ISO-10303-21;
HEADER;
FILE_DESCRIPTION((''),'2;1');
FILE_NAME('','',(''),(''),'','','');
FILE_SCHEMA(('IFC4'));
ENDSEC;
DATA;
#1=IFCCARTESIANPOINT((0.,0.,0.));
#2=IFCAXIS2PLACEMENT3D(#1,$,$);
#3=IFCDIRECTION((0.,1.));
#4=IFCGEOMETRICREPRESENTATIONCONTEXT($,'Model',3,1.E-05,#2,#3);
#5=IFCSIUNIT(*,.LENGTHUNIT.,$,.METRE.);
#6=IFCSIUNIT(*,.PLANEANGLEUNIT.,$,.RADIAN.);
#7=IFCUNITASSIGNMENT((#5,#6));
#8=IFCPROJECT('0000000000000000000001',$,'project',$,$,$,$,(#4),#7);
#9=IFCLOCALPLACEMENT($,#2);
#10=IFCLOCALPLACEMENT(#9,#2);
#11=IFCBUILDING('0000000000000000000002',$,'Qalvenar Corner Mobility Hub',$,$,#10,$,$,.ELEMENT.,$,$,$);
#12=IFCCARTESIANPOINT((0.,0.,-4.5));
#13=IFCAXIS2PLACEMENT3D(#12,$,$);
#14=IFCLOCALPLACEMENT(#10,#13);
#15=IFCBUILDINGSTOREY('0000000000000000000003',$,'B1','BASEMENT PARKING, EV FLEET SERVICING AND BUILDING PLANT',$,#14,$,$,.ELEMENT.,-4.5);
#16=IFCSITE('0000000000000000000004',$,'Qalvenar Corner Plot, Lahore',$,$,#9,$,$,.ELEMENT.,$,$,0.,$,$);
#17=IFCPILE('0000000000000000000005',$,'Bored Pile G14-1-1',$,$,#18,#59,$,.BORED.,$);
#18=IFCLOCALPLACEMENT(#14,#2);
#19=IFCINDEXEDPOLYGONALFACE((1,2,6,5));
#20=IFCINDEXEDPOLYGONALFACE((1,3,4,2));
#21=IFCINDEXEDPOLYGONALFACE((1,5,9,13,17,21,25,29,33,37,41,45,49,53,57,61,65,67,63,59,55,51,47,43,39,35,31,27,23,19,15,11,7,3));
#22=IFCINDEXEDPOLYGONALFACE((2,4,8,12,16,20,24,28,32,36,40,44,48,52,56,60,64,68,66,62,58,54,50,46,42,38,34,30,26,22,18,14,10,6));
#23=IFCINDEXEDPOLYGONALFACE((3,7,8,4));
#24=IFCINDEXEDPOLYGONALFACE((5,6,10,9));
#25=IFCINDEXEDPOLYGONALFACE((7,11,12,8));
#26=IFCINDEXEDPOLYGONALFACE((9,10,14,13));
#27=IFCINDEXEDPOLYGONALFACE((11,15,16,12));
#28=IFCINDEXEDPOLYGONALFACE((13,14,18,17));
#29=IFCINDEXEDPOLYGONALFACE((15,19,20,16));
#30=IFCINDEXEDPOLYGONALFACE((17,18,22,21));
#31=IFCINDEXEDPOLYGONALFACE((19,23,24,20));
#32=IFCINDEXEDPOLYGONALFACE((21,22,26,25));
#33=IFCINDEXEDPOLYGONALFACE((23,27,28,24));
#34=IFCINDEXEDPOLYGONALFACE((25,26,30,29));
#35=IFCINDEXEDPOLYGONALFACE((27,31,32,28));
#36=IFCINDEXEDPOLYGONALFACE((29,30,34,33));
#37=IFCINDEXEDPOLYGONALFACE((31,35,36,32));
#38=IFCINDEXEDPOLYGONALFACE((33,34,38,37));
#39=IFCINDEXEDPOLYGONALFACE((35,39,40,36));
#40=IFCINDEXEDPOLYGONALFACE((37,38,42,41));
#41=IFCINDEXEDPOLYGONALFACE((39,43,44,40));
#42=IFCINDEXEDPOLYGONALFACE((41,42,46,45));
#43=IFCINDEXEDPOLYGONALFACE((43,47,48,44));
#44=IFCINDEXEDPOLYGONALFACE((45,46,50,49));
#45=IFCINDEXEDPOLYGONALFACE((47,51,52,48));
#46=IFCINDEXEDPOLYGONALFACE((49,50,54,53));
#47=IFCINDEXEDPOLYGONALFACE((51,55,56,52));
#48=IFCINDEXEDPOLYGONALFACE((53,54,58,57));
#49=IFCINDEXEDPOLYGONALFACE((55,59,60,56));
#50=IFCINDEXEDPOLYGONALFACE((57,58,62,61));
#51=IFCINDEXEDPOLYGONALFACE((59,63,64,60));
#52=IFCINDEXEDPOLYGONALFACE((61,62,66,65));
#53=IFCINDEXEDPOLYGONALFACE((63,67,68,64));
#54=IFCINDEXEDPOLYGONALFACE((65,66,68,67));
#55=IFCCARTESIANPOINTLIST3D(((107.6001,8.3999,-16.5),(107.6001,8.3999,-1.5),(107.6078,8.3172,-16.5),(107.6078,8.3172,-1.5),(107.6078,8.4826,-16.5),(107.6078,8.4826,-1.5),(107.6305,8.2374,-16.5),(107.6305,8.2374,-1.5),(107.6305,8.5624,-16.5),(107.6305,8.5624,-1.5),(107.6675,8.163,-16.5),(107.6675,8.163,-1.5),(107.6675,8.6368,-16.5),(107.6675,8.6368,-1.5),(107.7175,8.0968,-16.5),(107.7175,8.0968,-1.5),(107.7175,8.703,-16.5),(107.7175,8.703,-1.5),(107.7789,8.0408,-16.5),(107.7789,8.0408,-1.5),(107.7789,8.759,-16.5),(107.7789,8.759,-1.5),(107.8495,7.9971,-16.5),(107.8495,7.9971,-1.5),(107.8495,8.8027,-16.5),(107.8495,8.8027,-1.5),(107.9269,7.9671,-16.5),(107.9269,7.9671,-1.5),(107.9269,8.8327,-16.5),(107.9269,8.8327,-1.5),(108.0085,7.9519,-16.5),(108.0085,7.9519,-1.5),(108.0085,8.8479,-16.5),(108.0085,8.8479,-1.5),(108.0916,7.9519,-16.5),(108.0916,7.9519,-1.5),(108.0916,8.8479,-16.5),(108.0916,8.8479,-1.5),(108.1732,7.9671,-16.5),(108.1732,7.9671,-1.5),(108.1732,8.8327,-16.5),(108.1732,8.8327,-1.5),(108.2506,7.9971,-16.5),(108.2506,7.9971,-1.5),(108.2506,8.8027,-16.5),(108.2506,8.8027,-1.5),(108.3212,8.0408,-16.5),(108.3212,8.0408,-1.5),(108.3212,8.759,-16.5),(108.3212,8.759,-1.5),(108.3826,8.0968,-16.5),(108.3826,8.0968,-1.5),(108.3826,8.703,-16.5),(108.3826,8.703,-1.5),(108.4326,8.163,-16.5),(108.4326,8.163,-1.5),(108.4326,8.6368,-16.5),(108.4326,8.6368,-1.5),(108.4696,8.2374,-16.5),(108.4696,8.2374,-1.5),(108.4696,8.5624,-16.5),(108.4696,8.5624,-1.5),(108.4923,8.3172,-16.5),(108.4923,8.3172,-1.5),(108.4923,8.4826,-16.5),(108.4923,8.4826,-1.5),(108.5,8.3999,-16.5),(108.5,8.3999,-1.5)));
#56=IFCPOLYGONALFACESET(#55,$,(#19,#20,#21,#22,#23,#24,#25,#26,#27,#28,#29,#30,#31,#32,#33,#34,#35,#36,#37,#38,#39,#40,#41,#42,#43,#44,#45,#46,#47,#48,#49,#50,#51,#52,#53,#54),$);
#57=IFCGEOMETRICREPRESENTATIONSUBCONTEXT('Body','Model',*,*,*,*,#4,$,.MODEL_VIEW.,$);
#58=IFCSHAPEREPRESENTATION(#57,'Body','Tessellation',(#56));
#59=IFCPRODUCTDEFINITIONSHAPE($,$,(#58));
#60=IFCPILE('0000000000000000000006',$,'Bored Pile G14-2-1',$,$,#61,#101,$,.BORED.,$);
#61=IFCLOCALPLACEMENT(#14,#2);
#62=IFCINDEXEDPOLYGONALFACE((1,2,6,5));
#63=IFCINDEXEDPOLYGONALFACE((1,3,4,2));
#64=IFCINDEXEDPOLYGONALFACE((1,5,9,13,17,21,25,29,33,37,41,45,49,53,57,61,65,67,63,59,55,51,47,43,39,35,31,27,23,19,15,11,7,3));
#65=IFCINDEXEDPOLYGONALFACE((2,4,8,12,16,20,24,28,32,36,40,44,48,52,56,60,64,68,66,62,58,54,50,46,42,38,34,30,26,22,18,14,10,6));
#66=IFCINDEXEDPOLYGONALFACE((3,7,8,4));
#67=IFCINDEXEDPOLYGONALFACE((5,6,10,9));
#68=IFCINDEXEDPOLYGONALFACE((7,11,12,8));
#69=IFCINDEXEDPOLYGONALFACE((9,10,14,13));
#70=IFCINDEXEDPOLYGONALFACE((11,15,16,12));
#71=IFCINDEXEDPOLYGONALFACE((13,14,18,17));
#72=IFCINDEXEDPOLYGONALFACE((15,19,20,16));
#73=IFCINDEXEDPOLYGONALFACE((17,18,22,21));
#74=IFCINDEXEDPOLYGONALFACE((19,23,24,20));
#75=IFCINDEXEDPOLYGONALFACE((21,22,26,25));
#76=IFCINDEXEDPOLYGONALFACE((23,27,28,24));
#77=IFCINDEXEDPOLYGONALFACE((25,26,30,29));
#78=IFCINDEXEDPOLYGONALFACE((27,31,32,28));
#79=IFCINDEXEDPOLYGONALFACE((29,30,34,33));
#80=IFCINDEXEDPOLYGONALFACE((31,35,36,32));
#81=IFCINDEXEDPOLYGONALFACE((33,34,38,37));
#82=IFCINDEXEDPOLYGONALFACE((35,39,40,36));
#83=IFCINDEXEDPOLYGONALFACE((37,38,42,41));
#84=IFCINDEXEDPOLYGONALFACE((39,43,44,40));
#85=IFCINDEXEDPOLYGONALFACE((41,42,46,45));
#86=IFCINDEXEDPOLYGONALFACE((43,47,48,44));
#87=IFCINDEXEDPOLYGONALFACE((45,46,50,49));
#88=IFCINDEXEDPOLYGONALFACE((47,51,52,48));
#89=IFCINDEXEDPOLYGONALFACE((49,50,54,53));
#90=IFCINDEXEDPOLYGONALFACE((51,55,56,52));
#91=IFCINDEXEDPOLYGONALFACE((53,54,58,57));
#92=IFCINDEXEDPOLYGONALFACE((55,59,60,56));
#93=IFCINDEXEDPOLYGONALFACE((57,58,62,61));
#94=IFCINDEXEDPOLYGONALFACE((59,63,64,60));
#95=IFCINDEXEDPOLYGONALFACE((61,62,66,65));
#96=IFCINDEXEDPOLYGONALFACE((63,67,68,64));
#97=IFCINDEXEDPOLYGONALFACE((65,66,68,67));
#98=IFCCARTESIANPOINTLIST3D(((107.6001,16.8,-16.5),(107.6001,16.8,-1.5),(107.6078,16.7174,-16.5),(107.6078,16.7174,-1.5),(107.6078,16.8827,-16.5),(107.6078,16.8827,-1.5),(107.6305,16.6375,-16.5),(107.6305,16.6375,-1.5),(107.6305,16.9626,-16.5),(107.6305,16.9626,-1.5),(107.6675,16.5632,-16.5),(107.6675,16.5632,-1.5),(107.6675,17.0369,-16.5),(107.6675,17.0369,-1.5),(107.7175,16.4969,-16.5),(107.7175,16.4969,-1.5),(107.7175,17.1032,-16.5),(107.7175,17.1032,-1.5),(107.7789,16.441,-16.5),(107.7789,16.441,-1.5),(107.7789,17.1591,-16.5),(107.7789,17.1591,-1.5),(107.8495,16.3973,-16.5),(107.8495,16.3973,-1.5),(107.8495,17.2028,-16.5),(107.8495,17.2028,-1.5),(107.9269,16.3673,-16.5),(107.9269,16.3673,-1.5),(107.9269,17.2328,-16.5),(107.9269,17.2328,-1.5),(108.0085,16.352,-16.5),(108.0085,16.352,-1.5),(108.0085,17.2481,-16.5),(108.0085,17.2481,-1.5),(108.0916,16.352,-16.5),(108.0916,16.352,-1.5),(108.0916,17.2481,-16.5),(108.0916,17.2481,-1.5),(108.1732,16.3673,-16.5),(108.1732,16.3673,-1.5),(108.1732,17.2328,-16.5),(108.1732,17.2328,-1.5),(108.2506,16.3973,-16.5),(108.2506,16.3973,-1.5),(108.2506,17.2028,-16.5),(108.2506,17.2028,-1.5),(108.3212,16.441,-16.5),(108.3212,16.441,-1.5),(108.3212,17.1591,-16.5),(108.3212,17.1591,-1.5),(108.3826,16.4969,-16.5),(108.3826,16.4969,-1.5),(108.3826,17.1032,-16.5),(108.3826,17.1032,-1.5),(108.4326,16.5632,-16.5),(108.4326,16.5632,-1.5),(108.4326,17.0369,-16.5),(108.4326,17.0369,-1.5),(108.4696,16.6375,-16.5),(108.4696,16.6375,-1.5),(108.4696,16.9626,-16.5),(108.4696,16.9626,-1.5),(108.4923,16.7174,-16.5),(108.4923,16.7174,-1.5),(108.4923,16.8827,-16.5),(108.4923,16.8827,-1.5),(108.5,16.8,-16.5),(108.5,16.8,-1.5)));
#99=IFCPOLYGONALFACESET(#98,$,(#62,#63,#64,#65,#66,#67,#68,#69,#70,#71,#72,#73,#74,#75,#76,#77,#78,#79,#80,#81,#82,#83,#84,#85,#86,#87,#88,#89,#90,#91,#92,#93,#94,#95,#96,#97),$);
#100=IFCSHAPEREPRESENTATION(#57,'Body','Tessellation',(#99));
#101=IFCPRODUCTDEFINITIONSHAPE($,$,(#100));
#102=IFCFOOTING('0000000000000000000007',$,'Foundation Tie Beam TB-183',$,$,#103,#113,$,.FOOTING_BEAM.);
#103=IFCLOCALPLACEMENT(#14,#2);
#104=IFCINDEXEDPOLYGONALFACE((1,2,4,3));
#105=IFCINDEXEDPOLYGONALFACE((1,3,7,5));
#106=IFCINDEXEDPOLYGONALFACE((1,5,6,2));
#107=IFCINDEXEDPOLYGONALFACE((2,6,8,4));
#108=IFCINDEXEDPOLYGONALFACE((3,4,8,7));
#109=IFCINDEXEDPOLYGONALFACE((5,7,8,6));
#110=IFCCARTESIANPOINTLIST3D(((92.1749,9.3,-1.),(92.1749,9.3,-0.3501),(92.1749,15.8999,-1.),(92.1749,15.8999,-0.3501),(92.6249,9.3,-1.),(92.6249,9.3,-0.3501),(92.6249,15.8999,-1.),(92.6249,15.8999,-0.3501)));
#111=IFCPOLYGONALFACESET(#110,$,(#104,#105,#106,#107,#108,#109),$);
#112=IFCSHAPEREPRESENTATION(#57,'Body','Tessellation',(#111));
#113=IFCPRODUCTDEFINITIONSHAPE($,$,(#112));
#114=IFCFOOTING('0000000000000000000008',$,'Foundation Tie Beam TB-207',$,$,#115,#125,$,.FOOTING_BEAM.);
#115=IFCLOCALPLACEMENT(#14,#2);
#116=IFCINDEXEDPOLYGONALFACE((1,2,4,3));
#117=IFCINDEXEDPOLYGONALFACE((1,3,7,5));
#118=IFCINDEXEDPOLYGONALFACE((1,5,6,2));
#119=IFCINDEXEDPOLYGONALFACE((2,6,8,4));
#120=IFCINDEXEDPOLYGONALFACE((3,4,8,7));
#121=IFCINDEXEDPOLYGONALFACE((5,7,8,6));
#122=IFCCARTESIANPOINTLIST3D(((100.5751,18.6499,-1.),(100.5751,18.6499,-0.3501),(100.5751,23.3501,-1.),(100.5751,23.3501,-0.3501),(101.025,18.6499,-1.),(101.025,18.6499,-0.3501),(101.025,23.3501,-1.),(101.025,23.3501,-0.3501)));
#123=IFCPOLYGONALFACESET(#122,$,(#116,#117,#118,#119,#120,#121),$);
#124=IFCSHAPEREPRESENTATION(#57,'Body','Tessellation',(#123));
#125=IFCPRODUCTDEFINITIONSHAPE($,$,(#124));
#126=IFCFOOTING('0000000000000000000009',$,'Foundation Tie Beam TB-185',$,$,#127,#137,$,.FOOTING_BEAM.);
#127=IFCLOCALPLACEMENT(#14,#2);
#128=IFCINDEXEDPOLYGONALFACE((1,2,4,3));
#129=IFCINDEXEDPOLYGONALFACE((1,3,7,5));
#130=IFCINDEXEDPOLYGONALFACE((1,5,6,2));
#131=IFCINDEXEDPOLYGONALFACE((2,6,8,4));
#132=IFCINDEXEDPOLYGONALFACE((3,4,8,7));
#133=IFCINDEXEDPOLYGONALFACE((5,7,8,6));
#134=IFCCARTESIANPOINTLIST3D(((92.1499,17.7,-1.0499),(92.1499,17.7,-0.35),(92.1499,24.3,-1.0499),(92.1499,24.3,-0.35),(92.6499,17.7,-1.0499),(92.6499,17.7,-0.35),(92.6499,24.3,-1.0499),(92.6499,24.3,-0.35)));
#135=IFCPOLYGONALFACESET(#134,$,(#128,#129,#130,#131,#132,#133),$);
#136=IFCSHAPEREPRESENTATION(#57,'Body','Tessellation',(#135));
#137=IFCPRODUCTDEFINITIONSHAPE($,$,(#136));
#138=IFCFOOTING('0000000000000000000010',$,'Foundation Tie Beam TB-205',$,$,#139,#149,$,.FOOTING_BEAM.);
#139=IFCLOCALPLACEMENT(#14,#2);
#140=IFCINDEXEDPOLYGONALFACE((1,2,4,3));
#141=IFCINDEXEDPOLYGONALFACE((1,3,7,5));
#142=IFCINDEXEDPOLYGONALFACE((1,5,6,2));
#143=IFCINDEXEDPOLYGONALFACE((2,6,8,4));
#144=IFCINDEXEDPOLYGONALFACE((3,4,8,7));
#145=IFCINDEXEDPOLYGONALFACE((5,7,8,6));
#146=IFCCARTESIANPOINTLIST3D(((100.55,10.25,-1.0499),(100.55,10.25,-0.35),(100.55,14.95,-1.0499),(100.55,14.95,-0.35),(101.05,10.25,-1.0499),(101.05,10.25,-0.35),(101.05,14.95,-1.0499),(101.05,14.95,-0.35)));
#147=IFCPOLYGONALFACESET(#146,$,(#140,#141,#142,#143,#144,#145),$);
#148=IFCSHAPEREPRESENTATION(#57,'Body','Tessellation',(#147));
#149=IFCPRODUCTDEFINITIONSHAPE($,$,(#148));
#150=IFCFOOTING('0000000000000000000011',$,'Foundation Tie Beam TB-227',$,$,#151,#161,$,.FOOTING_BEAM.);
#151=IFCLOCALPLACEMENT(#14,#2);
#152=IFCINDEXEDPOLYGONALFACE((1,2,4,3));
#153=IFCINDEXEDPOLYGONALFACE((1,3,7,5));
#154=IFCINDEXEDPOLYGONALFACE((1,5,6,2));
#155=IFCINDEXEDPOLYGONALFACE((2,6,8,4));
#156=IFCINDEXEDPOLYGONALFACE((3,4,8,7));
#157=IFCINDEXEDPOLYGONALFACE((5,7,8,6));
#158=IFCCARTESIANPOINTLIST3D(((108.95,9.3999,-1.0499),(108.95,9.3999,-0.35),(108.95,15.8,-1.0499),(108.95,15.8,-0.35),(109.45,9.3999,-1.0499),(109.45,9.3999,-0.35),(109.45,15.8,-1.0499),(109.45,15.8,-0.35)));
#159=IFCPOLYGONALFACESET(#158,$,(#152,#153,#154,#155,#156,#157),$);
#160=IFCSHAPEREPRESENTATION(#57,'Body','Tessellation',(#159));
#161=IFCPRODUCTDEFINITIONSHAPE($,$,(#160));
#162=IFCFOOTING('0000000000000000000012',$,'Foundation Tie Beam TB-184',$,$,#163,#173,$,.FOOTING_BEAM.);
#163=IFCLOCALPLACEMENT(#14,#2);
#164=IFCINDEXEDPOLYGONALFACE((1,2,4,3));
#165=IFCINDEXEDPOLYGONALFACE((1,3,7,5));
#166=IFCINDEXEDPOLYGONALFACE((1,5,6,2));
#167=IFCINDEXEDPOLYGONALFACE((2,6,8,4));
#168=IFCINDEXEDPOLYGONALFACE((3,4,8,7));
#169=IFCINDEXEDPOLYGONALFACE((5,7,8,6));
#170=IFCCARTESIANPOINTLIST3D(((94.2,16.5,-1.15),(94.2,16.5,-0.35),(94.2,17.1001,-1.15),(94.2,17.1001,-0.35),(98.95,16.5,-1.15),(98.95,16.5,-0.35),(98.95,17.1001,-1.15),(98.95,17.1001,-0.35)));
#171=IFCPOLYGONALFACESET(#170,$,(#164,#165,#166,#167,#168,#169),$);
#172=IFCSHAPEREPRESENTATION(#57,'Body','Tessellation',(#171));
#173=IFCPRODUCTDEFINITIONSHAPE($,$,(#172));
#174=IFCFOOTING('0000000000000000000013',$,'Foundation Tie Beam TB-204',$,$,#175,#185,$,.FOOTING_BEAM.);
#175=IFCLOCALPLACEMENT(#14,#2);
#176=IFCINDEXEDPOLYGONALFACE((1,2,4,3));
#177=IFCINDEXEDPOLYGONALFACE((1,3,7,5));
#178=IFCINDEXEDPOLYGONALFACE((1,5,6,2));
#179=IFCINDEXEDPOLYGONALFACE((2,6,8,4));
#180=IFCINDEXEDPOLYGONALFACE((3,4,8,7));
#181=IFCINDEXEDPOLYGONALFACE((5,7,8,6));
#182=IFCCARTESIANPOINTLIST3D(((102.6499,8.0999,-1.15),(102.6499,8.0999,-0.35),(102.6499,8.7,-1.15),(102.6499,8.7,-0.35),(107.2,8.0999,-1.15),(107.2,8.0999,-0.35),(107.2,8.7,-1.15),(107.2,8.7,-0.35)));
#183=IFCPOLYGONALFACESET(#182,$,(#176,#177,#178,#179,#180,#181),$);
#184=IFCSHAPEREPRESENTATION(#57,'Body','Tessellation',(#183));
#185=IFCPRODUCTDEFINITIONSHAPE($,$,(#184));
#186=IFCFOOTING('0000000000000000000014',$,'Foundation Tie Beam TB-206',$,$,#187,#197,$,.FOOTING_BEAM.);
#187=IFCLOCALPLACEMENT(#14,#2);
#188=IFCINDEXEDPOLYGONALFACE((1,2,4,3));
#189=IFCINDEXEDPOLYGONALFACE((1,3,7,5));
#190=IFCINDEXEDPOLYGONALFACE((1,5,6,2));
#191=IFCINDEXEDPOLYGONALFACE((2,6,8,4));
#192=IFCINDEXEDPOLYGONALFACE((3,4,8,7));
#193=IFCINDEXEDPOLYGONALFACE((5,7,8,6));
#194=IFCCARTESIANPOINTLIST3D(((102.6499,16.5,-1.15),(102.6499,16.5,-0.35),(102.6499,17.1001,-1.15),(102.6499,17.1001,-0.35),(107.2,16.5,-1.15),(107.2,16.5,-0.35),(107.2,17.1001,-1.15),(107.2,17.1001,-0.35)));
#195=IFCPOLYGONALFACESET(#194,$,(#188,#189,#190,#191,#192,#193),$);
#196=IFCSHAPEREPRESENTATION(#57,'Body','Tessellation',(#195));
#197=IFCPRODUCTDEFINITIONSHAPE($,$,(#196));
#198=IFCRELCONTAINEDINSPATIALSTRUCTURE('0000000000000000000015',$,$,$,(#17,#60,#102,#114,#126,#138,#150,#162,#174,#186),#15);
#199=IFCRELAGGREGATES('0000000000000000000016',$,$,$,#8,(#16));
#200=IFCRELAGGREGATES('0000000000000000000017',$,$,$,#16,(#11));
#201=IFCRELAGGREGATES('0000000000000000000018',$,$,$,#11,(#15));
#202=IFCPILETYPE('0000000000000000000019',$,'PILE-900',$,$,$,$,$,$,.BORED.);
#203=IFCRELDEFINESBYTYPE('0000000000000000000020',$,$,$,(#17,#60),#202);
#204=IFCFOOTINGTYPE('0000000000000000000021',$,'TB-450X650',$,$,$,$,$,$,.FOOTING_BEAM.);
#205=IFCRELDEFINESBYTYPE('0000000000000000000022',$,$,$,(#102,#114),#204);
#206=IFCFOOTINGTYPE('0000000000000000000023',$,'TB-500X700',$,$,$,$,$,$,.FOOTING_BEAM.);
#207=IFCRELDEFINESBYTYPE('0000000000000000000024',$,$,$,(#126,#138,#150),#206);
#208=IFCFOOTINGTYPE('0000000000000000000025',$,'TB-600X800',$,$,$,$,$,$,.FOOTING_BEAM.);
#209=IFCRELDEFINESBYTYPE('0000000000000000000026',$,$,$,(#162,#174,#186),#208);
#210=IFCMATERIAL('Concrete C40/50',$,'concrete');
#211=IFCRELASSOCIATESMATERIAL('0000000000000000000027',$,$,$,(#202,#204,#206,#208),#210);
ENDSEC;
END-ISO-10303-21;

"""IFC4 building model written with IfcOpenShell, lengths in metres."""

from ifc_helpers import new_model, si_unit, direction, frame, origin, origin_2d, place, context, subcontext, project, spatial, rectangle, circle, extrude, material, material_profile, profile_set, type_object, element, save


model = new_model("IFC4")

# Units and contexts
model_context = context("Model", 3, precision=1e-05, world=origin(), true_north=direction((0.0, 1.0)))
body_context = subcontext(model_context, "Body", "Model", "MODEL_VIEW")
ifc_project = project(units=[si_unit("LENGTHUNIT", "METRE"), si_unit("PLANEANGLEUNIT", "RADIAN")], contexts=[model_context])

# Site, building, storey
site_placement = place(None, origin())
site = spatial("IfcSite", under=ifc_project, at=site_placement, Name="Qalvenar Corner Plot, Lahore", CompositionType="ELEMENT", RefElevation=0.0)
building_placement = place(site_placement, origin())
building = spatial("IfcBuilding", under=site, at=building_placement, Name="Qalvenar Corner Mobility Hub", CompositionType="ELEMENT")
storey_placement = place(building_placement, frame((0.0, 0.0, -4.5)))
storey = spatial("IfcBuildingStorey", under=building, at=storey_placement, Name="B1", Description="BASEMENT PARKING, EV FLEET SERVICING AND BUILDING PLANT", CompositionType="ELEMENT", Elevation=-4.5)

# Shared definitions
ifc_material_1 = material(Name="Concrete C40/50", Category="concrete")

# Piles
ifc_material_profile_1 = material_profile(ifc_material_1, circle(Radius=0.45, at=origin_2d()), Name="DIA900")
ifc_profile_set_1 = profile_set([ifc_material_profile_1], Name="Concrete C40/50")
pile_type_1 = type_object("IfcPileType", Name="PILE-900", PredefinedType="BORED", material=ifc_profile_set_1)
for number, where, z_axis, x_axis, name in (
    (1, (108.05, 8.3999, -1.5), (0.0, 0.0, -1.0), (1.0, 0.0, 0.0), "Bored Pile G14-1-1"),
    (2, (108.05, 16.8, -1.5), (0.0, 0.0, -1.0), (1.0, 0.0, 0.0), "Bored Pile G14-2-1"),
):
    element("IfcPile", number, at=place(storey_placement, frame(where, z_axis=z_axis, x_axis=x_axis)), inside=storey, type_object=pile_type_1, Name=name, PredefinedType="BORED", context=body_context, shape_type="SweptSolid", body=[
        extrude(circle(Radius=0.45, at=origin_2d()), origin(), (0.0, 0.0, 1.0), 15.0),
    ])

# Footings
ifc_material_profile_2 = material_profile(ifc_material_1, rectangle(XDim=0.45, YDim=0.6499, at=origin_2d()), Name="RC450x650")
ifc_profile_set_2 = profile_set([ifc_material_profile_2], Name="Concrete C40/50")
footing_type_1 = type_object("IfcFootingType", Name="TB-450X650", PredefinedType="FOOTING_BEAM", material=ifc_profile_set_2)
footing_1_placement = place(storey_placement, frame((92.3999, 9.3, -0.675), z_axis=(0.0, 1.0, 0.0), x_axis=(-1.0, 0.0, 0.0)))
element("IfcFooting", 3, at=footing_1_placement, inside=storey, type_object=footing_type_1, Name="Foundation Tie Beam TB-183", PredefinedType="FOOTING_BEAM", context=body_context, shape_type="SweptSolid", body=[
    extrude(rectangle(XDim=0.45, YDim=0.6499, at=origin_2d()), origin(), (0.0, 0.0, 1.0), 6.5999),
])
footing_2_placement = place(storey_placement, frame((100.8, 18.6499, -0.675), z_axis=(0.0, 1.0, 0.0), x_axis=(-1.0, 0.0, 0.0)))
element("IfcFooting", 4, at=footing_2_placement, inside=storey, type_object=footing_type_1, Name="Foundation Tie Beam TB-207", PredefinedType="FOOTING_BEAM", context=body_context, shape_type="SweptSolid", body=[
    extrude(rectangle(XDim=0.45, YDim=0.6499, at=origin_2d()), origin(), (0.0, 0.0, 1.0), 4.7002),
])
ifc_material_profile_3 = material_profile(ifc_material_1, rectangle(XDim=0.5, YDim=0.7, at=origin_2d()), Name="RC500x700")
ifc_profile_set_3 = profile_set([ifc_material_profile_3], Name="Concrete C40/50")
footing_type_2 = type_object("IfcFootingType", Name="TB-500X700", PredefinedType="FOOTING_BEAM", material=ifc_profile_set_3)
footing_3_placement = place(storey_placement, frame((92.3999, 17.7, -0.7), z_axis=(0.0, 1.0, 0.0), x_axis=(-1.0, 0.0, 0.0)))
element("IfcFooting", 5, at=footing_3_placement, inside=storey, type_object=footing_type_2, Name="Foundation Tie Beam TB-185", PredefinedType="FOOTING_BEAM", context=body_context, shape_type="SweptSolid", body=[
    extrude(rectangle(XDim=0.5, YDim=0.7, at=origin_2d()), origin(), (0.0, 0.0, 1.0), 6.6001),
])
footing_4_placement = place(storey_placement, frame((100.8, 10.25, -0.7), z_axis=(0.0, 1.0, 0.0), x_axis=(-1.0, 0.0, 0.0)))
element("IfcFooting", 6, at=footing_4_placement, inside=storey, type_object=footing_type_2, Name="Foundation Tie Beam TB-205", PredefinedType="FOOTING_BEAM", context=body_context, shape_type="SweptSolid", body=[
    extrude(rectangle(XDim=0.5, YDim=0.7, at=origin_2d()), origin(), (0.0, 0.0, 1.0), 4.7),
])
footing_5_placement = place(storey_placement, frame((109.2, 9.3999, -0.7), z_axis=(0.0, 1.0, 0.0), x_axis=(-1.0, 0.0, 0.0)))
element("IfcFooting", 7, at=footing_5_placement, inside=storey, type_object=footing_type_2, Name="Foundation Tie Beam TB-227", PredefinedType="FOOTING_BEAM", context=body_context, shape_type="SweptSolid", body=[
    extrude(rectangle(XDim=0.5, YDim=0.7, at=origin_2d()), origin(), (0.0, 0.0, 1.0), 6.4001),
])
ifc_material_profile_4 = material_profile(ifc_material_1, rectangle(XDim=0.6001, YDim=0.8, at=origin_2d()), Name="RC600x800")
ifc_profile_set_4 = profile_set([ifc_material_profile_4], Name="Concrete C40/50")
footing_type_3 = type_object("IfcFootingType", Name="TB-600X800", PredefinedType="FOOTING_BEAM", material=ifc_profile_set_4)
footing_6_placement = place(storey_placement, frame((94.2, 16.8, -0.75), z_axis=(1.0, 0.0, 0.0), x_axis=(0.0, 1.0, 0.0)))
element("IfcFooting", 8, at=footing_6_placement, inside=storey, type_object=footing_type_3, Name="Foundation Tie Beam TB-184", PredefinedType="FOOTING_BEAM", context=body_context, shape_type="SweptSolid", body=[
    extrude(rectangle(XDim=0.6001, YDim=0.8, at=origin_2d()), origin(), (0.0, 0.0, 1.0), 4.75),
])
for number, where, z_axis, x_axis, name in (
    (9, (102.6499, 8.3999, -0.75), (1.0, 0.0, 0.0), (0.0, 1.0, 0.0), "Foundation Tie Beam TB-204"),
    (10, (102.6499, 16.8, -0.75), (1.0, 0.0, 0.0), (0.0, 1.0, 0.0), "Foundation Tie Beam TB-206"),
):
    element("IfcFooting", number, at=place(storey_placement, frame(where, z_axis=z_axis, x_axis=x_axis)), inside=storey, type_object=footing_type_3, Name=name, PredefinedType="FOOTING_BEAM", context=body_context, shape_type="SweptSolid", body=[
        extrude(rectangle(XDim=0.6001, YDim=0.8, at=origin_2d()), origin(), (0.0, 0.0, 1.0), 4.55),
    ])

save(model, "model.ifc")
